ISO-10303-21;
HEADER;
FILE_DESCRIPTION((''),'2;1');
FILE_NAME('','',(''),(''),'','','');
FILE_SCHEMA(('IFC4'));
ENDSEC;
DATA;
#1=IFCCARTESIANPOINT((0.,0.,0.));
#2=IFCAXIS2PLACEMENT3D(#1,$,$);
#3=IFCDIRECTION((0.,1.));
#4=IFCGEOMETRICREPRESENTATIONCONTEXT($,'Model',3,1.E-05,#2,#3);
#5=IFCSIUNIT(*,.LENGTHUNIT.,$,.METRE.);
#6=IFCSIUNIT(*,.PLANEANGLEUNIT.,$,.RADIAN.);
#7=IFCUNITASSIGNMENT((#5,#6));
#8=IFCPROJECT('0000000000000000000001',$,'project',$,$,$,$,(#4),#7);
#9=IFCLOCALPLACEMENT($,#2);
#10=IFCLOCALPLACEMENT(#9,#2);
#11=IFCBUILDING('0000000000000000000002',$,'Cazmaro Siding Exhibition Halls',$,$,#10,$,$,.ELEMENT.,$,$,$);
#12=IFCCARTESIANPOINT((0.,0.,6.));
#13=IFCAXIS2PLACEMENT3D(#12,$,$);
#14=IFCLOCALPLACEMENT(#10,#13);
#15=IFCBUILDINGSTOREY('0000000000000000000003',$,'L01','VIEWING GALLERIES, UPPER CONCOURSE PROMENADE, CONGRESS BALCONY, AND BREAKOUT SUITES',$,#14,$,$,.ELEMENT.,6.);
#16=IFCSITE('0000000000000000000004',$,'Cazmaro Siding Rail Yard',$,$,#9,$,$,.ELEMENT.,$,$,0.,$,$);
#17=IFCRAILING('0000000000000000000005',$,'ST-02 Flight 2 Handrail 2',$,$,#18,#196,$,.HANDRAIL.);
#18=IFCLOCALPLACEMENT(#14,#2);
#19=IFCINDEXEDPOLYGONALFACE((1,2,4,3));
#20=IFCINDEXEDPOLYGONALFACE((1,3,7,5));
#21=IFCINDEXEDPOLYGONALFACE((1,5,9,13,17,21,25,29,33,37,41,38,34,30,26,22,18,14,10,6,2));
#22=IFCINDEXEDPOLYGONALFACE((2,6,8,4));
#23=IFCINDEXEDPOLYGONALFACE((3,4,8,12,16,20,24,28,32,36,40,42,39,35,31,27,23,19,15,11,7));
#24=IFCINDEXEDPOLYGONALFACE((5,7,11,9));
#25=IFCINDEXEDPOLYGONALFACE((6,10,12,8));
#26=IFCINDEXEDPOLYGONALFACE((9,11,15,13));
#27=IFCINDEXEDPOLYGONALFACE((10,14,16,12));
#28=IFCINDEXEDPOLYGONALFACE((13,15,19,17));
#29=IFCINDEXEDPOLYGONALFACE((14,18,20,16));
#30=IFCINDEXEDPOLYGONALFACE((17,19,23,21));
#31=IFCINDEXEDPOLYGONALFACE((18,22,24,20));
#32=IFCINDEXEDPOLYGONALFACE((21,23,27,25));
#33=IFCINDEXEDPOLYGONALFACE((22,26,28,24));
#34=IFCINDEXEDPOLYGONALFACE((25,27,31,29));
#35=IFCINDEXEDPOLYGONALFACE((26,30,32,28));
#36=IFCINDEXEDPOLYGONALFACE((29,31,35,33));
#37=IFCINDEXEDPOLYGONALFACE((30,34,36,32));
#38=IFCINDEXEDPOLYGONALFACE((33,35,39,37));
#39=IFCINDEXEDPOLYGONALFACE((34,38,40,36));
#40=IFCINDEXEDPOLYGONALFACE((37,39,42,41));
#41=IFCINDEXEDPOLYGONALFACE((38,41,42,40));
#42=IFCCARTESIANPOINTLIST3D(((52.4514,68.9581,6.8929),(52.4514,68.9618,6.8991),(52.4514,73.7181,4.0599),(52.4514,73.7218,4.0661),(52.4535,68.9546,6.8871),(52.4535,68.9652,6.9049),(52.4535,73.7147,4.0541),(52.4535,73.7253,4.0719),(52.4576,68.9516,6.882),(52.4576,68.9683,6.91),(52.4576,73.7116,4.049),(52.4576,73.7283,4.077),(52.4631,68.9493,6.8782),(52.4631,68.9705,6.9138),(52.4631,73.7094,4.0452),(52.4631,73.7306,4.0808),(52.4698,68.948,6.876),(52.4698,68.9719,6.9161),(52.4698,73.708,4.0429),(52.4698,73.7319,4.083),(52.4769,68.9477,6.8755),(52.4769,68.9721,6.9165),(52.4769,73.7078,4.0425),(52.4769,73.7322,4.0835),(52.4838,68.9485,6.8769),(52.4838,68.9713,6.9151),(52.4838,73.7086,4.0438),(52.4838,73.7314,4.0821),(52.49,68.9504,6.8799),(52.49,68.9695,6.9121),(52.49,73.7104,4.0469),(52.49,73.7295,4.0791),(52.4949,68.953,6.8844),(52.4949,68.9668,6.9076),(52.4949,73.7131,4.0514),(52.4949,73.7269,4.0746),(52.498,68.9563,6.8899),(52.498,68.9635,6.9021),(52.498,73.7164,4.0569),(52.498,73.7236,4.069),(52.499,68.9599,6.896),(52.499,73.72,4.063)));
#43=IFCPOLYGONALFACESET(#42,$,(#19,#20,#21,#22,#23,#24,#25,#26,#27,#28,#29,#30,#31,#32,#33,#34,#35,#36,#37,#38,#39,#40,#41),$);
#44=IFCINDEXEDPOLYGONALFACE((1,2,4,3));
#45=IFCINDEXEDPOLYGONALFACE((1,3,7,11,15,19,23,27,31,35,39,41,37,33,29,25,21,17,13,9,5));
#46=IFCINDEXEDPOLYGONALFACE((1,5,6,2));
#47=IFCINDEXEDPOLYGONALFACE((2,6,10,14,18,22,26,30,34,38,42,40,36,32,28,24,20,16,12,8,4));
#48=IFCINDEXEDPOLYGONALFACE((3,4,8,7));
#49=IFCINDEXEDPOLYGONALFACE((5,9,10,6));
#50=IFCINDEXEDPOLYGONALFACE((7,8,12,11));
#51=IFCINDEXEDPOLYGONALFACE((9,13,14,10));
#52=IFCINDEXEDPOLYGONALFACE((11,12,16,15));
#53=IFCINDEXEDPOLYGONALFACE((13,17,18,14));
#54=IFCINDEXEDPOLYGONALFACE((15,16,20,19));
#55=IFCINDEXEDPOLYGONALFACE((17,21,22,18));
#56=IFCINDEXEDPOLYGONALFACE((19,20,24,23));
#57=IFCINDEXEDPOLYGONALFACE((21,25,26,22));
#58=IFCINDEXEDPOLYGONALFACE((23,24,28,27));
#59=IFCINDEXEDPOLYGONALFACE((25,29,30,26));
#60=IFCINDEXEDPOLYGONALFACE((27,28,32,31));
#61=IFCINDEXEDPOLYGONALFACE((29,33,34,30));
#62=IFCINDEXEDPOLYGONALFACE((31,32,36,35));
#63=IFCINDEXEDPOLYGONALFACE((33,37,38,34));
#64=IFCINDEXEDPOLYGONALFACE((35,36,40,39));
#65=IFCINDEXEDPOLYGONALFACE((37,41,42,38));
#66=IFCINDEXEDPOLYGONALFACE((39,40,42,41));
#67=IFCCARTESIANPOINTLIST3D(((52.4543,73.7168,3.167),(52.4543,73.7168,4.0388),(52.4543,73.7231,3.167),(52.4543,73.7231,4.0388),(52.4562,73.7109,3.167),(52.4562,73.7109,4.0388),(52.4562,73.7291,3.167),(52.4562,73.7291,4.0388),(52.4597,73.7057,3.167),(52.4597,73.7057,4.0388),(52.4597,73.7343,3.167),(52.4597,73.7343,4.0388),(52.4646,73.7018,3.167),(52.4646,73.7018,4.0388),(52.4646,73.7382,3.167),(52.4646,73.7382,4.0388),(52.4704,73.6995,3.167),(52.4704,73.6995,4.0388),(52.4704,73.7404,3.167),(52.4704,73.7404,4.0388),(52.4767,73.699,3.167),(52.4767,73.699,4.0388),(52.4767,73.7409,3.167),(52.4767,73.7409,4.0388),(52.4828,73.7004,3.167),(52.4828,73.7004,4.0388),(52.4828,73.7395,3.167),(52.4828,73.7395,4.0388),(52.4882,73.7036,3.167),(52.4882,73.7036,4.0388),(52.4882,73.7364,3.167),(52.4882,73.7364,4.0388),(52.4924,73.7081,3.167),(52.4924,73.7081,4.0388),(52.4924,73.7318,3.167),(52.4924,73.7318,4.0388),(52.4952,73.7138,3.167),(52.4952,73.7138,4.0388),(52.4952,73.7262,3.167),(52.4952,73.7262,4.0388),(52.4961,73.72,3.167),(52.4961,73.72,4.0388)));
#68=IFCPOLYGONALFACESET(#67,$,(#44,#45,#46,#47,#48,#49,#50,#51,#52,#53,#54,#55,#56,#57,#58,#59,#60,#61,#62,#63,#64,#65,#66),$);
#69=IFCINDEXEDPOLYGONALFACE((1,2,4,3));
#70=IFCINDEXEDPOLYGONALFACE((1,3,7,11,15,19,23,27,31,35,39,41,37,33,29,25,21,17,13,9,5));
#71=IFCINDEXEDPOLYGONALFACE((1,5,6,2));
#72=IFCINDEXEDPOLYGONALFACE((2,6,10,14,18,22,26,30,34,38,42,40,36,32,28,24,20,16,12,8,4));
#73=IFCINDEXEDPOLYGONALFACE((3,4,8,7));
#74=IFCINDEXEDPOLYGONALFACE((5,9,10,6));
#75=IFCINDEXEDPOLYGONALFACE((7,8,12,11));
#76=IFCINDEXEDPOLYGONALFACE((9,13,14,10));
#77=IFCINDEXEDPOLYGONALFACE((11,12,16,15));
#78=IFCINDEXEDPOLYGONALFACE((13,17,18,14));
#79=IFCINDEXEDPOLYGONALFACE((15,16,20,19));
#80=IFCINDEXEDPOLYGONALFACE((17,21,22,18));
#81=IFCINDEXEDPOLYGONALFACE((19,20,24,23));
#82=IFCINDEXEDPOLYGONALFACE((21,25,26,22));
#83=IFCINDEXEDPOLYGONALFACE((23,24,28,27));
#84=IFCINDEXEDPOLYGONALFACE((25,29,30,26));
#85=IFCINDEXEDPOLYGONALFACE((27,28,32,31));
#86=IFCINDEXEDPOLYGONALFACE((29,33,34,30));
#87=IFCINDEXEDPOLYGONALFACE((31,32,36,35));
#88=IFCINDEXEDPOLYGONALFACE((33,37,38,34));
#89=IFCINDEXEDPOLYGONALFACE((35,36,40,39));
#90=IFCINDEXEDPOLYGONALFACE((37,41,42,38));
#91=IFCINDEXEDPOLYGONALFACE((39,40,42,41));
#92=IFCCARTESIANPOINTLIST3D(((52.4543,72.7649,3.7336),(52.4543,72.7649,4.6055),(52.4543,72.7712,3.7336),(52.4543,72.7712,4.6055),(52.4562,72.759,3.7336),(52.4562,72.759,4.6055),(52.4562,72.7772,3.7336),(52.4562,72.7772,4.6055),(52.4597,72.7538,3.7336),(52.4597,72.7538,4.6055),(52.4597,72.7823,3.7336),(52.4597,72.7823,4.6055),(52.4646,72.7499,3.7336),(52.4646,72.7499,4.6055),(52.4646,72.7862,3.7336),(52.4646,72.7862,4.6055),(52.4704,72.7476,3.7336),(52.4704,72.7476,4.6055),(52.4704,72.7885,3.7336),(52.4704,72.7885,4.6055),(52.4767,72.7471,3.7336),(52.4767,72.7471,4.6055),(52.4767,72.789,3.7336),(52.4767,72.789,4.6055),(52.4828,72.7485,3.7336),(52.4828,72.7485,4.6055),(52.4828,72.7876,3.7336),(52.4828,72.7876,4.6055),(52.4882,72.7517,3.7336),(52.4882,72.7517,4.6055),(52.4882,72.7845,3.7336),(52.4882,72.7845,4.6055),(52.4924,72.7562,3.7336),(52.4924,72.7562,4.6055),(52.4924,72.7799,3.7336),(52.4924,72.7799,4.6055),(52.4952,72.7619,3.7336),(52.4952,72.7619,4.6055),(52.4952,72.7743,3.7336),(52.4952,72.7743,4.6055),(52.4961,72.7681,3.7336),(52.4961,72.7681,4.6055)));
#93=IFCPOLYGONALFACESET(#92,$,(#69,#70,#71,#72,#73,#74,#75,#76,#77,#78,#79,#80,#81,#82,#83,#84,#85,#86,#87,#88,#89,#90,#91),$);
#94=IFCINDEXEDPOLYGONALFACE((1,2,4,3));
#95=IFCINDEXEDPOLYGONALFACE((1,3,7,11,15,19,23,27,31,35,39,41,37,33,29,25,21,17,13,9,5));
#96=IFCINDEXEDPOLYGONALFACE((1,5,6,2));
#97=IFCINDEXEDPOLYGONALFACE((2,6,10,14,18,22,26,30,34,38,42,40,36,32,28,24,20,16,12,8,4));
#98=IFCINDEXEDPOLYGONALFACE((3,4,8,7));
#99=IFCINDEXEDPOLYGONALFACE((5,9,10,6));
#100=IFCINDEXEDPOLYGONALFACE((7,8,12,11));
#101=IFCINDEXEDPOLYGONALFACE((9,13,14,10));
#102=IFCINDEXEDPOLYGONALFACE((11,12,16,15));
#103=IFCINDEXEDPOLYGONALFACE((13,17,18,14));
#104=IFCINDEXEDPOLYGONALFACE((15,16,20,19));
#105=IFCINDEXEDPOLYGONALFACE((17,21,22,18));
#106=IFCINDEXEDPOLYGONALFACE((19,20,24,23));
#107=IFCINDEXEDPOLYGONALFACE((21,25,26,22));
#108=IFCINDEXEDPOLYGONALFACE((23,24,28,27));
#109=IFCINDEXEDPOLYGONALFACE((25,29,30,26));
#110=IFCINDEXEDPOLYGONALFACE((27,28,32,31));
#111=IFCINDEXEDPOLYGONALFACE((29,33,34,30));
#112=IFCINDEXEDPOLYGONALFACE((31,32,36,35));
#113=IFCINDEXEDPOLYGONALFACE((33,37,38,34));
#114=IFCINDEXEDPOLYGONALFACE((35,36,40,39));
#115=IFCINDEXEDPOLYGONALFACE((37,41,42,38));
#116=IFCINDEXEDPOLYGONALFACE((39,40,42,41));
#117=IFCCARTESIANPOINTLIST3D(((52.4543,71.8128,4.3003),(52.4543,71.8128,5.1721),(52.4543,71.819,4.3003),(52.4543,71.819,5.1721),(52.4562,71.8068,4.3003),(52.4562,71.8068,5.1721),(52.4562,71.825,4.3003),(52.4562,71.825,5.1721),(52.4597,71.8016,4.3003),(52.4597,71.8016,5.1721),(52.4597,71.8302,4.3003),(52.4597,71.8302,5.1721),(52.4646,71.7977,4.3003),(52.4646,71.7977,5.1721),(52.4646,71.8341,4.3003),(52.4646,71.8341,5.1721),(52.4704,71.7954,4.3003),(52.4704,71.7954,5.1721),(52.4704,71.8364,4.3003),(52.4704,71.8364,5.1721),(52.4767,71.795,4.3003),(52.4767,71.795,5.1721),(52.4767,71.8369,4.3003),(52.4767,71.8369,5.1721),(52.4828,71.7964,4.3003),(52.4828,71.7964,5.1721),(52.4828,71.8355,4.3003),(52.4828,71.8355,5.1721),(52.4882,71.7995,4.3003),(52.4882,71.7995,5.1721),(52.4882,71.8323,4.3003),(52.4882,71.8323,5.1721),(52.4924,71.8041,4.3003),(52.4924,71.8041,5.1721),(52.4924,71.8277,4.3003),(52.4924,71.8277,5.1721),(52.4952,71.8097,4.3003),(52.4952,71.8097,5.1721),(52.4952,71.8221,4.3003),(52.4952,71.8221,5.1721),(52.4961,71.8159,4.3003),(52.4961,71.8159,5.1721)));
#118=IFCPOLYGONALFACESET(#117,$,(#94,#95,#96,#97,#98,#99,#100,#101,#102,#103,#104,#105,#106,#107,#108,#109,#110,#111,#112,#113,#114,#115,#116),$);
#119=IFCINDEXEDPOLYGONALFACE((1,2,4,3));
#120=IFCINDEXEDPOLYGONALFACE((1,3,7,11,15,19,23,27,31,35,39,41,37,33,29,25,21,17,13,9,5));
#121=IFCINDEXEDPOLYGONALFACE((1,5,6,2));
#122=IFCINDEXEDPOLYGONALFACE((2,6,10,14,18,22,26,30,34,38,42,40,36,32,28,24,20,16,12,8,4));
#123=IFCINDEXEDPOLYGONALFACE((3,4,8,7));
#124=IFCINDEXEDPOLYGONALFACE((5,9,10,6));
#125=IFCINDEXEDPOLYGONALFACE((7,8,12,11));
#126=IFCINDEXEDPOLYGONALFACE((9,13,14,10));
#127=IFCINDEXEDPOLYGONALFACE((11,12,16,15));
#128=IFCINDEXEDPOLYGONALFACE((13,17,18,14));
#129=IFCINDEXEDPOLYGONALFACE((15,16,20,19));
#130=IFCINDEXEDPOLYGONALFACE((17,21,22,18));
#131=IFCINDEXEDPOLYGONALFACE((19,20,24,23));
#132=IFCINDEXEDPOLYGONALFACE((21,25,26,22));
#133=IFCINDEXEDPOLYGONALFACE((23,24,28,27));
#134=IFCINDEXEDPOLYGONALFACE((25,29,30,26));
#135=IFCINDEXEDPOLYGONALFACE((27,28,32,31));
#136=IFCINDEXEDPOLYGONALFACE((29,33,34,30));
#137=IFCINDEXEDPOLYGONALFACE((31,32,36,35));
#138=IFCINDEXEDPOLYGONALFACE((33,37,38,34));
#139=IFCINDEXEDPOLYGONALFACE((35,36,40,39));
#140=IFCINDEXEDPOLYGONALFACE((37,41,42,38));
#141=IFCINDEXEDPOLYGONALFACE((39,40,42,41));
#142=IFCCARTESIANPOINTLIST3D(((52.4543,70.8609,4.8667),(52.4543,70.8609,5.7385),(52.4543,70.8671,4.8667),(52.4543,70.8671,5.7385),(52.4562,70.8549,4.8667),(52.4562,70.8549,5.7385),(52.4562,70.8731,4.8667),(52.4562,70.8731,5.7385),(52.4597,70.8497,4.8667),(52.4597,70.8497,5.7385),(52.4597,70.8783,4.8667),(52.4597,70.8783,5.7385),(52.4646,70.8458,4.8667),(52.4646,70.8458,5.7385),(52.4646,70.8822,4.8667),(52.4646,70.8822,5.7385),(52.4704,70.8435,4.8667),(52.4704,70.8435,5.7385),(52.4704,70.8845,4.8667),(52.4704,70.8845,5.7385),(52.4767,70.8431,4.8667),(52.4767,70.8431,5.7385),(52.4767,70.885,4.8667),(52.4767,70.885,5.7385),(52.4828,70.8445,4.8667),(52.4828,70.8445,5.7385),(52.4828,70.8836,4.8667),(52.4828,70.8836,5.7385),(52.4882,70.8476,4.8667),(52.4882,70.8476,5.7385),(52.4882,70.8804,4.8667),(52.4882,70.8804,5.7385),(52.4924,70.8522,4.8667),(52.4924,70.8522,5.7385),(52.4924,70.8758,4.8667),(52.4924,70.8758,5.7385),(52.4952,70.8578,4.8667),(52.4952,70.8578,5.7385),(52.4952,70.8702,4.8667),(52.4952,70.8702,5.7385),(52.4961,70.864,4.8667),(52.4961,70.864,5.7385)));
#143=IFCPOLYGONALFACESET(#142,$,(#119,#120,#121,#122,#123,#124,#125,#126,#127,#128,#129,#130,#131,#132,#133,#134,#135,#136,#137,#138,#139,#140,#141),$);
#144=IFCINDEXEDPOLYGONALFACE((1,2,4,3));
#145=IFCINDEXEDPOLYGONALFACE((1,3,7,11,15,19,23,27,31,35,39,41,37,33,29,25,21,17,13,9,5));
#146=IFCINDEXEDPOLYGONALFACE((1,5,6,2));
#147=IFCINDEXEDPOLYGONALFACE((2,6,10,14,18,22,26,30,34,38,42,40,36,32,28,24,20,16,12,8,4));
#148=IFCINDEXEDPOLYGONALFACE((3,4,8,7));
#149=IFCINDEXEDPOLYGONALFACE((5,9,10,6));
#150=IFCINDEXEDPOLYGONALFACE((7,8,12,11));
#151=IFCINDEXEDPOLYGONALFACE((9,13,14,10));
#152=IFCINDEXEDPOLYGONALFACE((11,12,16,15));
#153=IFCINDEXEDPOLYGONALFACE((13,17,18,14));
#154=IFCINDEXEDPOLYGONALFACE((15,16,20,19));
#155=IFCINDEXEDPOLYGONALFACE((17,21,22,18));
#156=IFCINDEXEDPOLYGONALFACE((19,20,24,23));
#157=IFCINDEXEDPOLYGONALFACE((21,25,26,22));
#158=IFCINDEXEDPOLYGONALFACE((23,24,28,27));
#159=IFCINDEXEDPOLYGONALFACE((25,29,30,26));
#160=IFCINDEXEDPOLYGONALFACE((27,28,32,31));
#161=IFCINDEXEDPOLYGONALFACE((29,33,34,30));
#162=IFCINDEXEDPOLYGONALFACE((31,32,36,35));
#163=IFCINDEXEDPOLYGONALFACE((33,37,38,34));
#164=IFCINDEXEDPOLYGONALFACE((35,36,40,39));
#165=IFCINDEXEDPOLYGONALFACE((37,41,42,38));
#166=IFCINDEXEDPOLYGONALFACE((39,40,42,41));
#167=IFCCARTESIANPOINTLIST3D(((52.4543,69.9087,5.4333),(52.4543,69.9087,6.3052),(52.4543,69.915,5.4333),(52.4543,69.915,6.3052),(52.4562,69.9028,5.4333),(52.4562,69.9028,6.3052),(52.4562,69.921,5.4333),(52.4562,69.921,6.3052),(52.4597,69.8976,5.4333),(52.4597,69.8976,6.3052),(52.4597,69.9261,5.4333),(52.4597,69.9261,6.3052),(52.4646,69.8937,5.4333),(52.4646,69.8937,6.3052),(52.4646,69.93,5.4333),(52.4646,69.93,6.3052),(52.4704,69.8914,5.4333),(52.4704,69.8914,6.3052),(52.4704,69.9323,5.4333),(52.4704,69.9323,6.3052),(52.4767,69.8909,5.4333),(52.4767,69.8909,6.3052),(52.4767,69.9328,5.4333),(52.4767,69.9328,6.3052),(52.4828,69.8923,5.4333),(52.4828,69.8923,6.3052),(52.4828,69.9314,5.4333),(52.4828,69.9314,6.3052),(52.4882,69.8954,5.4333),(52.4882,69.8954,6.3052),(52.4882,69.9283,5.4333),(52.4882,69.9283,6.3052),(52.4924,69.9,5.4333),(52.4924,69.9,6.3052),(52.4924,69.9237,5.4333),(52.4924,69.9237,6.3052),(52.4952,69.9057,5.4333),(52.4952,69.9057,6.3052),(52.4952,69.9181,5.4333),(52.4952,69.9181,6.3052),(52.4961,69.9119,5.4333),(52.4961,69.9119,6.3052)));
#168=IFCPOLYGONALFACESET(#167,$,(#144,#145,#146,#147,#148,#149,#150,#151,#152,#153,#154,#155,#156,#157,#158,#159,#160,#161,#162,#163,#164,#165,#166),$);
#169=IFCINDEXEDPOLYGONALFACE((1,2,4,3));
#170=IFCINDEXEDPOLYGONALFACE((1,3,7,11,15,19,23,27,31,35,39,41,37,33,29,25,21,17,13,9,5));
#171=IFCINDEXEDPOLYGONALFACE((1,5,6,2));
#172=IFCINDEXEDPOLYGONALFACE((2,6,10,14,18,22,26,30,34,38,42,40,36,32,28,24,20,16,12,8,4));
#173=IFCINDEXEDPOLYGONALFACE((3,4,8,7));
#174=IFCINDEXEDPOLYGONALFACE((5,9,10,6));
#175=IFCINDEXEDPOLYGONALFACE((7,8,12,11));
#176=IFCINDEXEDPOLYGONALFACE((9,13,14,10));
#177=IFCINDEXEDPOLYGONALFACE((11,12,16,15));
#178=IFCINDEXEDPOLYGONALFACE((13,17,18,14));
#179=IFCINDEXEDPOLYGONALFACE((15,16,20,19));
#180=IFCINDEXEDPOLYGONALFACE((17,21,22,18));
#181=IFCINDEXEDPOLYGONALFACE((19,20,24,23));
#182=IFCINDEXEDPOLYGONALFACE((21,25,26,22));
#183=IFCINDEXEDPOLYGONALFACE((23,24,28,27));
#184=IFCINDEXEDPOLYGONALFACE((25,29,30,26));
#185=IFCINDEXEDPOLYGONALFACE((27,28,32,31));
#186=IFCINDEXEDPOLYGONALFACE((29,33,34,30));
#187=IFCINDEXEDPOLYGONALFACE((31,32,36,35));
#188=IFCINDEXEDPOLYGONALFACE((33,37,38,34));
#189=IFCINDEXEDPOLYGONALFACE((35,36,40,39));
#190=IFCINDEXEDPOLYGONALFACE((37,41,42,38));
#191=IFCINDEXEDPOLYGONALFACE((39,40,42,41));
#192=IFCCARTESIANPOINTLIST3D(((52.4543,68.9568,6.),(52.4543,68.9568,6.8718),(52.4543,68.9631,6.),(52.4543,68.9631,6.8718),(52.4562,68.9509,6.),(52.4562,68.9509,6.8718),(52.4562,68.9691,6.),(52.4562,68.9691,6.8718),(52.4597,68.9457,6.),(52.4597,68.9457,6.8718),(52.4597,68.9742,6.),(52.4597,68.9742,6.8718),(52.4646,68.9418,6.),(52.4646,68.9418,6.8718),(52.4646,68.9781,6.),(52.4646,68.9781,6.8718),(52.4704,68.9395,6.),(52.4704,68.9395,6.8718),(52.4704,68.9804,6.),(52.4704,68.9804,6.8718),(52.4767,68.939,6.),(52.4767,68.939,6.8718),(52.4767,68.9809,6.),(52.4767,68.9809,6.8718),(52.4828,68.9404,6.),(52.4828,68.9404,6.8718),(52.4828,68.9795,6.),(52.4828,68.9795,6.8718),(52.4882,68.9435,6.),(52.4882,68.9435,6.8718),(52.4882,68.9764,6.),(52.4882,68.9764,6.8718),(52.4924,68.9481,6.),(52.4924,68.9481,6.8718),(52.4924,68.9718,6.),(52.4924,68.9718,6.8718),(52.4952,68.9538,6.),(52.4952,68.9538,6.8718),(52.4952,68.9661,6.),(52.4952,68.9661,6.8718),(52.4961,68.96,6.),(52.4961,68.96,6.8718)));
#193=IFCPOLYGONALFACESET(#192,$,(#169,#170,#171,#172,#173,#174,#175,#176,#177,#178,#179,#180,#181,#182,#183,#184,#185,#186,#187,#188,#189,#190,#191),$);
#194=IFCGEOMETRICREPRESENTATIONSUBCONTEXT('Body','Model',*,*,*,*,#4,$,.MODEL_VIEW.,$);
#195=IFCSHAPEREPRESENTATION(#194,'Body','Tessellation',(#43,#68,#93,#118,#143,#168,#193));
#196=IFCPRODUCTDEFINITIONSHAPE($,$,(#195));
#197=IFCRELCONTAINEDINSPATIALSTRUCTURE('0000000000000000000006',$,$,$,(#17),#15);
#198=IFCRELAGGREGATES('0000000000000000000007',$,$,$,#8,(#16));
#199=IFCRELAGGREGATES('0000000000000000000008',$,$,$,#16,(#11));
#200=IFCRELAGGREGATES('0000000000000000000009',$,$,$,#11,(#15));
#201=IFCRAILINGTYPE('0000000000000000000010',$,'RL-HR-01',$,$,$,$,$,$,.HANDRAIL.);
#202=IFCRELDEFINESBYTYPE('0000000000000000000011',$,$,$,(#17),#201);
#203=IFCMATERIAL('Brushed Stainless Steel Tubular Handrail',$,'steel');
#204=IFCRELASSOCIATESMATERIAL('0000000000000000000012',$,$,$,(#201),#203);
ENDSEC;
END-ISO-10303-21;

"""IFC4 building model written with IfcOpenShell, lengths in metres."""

from ifc_helpers import new_model, si_unit, direction, frame, origin, origin_2d, place, context, subcontext, project, spatial, circle, extrude, material, type_object, element, save


model = new_model("IFC4")

# Units and contexts
model_context = context("Model", 3, precision=1e-05, world=origin(), true_north=direction((0.0, 1.0)))
body_context = subcontext(model_context, "Body", "Model", "MODEL_VIEW")
ifc_project = project(units=[si_unit("LENGTHUNIT", "METRE"), si_unit("PLANEANGLEUNIT", "RADIAN")], contexts=[model_context])

# Site, building, storey
site_placement = place(None, origin())
site = spatial("IfcSite", under=ifc_project, at=site_placement, Name="Cazmaro Siding Rail Yard", CompositionType="ELEMENT", RefElevation=0.0)
building_placement = place(site_placement, origin())
building = spatial("IfcBuilding", under=site, at=building_placement, Name="Cazmaro Siding Exhibition Halls", CompositionType="ELEMENT")
storey_placement = place(building_placement, frame((0.0, 0.0, 6.0)))
storey = spatial("IfcBuildingStorey", under=building, at=storey_placement, Name="L01", Description="VIEWING GALLERIES, UPPER CONCOURSE PROMENADE, CONGRESS BALCONY, AND BREAKOUT SUITES", CompositionType="ELEMENT", Elevation=6.0)

# Railing
ifc_material_1 = material(Name="Brushed Stainless Steel Tubular Handrail", Category="steel")
railing_type_1 = type_object("IfcRailingType", Name="RL-HR-01", PredefinedType="HANDRAIL", material=ifc_material_1)
railing_1_placement = place(storey_placement, frame((52.4751, 73.72, 3.167)))
element("IfcRailing", 1, at=railing_1_placement, inside=storey, type_object=railing_type_1, Name="ST-02 Flight 2 Handrail 2", PredefinedType="HANDRAIL", context=body_context, shape_type="SweptSolid", body=[
    extrude(circle(Radius=0.0239, at=origin_2d()), frame((0.0, 0.0, 0.896), z_axis=(0.0, -0.859319, 0.51144), x_axis=(1.0, 0.0, 0.0)), (0.0, 0.0, 1.0), 5.5393),
    extrude(circle(Radius=0.021, at=origin_2d()), origin(), (0.0, 0.0, 1.0), 0.8718),
    extrude(circle(Radius=0.021, at=origin_2d()), frame((0.0, -0.9519, 0.5667)), (0.0, 0.0, 1.0), 0.8718),
    extrude(circle(Radius=0.021, at=origin_2d()), frame((0.0, -1.9041, 1.1333)), (0.0, 0.0, 1.0), 0.8718),
    extrude(circle(Radius=0.021, at=origin_2d()), frame((0.0, -2.856, 1.6997)), (0.0, 0.0, 1.0), 0.8718),
    extrude(circle(Radius=0.021, at=origin_2d()), frame((0.0, -3.8081, 2.2664)), (0.0, 0.0, 1.0), 0.8718),
    extrude(circle(Radius=0.021, at=origin_2d()), frame((0.0, -4.76, 2.833)), (0.0, 0.0, 1.0), 0.8718),
])

save(model, "model.ifc")
